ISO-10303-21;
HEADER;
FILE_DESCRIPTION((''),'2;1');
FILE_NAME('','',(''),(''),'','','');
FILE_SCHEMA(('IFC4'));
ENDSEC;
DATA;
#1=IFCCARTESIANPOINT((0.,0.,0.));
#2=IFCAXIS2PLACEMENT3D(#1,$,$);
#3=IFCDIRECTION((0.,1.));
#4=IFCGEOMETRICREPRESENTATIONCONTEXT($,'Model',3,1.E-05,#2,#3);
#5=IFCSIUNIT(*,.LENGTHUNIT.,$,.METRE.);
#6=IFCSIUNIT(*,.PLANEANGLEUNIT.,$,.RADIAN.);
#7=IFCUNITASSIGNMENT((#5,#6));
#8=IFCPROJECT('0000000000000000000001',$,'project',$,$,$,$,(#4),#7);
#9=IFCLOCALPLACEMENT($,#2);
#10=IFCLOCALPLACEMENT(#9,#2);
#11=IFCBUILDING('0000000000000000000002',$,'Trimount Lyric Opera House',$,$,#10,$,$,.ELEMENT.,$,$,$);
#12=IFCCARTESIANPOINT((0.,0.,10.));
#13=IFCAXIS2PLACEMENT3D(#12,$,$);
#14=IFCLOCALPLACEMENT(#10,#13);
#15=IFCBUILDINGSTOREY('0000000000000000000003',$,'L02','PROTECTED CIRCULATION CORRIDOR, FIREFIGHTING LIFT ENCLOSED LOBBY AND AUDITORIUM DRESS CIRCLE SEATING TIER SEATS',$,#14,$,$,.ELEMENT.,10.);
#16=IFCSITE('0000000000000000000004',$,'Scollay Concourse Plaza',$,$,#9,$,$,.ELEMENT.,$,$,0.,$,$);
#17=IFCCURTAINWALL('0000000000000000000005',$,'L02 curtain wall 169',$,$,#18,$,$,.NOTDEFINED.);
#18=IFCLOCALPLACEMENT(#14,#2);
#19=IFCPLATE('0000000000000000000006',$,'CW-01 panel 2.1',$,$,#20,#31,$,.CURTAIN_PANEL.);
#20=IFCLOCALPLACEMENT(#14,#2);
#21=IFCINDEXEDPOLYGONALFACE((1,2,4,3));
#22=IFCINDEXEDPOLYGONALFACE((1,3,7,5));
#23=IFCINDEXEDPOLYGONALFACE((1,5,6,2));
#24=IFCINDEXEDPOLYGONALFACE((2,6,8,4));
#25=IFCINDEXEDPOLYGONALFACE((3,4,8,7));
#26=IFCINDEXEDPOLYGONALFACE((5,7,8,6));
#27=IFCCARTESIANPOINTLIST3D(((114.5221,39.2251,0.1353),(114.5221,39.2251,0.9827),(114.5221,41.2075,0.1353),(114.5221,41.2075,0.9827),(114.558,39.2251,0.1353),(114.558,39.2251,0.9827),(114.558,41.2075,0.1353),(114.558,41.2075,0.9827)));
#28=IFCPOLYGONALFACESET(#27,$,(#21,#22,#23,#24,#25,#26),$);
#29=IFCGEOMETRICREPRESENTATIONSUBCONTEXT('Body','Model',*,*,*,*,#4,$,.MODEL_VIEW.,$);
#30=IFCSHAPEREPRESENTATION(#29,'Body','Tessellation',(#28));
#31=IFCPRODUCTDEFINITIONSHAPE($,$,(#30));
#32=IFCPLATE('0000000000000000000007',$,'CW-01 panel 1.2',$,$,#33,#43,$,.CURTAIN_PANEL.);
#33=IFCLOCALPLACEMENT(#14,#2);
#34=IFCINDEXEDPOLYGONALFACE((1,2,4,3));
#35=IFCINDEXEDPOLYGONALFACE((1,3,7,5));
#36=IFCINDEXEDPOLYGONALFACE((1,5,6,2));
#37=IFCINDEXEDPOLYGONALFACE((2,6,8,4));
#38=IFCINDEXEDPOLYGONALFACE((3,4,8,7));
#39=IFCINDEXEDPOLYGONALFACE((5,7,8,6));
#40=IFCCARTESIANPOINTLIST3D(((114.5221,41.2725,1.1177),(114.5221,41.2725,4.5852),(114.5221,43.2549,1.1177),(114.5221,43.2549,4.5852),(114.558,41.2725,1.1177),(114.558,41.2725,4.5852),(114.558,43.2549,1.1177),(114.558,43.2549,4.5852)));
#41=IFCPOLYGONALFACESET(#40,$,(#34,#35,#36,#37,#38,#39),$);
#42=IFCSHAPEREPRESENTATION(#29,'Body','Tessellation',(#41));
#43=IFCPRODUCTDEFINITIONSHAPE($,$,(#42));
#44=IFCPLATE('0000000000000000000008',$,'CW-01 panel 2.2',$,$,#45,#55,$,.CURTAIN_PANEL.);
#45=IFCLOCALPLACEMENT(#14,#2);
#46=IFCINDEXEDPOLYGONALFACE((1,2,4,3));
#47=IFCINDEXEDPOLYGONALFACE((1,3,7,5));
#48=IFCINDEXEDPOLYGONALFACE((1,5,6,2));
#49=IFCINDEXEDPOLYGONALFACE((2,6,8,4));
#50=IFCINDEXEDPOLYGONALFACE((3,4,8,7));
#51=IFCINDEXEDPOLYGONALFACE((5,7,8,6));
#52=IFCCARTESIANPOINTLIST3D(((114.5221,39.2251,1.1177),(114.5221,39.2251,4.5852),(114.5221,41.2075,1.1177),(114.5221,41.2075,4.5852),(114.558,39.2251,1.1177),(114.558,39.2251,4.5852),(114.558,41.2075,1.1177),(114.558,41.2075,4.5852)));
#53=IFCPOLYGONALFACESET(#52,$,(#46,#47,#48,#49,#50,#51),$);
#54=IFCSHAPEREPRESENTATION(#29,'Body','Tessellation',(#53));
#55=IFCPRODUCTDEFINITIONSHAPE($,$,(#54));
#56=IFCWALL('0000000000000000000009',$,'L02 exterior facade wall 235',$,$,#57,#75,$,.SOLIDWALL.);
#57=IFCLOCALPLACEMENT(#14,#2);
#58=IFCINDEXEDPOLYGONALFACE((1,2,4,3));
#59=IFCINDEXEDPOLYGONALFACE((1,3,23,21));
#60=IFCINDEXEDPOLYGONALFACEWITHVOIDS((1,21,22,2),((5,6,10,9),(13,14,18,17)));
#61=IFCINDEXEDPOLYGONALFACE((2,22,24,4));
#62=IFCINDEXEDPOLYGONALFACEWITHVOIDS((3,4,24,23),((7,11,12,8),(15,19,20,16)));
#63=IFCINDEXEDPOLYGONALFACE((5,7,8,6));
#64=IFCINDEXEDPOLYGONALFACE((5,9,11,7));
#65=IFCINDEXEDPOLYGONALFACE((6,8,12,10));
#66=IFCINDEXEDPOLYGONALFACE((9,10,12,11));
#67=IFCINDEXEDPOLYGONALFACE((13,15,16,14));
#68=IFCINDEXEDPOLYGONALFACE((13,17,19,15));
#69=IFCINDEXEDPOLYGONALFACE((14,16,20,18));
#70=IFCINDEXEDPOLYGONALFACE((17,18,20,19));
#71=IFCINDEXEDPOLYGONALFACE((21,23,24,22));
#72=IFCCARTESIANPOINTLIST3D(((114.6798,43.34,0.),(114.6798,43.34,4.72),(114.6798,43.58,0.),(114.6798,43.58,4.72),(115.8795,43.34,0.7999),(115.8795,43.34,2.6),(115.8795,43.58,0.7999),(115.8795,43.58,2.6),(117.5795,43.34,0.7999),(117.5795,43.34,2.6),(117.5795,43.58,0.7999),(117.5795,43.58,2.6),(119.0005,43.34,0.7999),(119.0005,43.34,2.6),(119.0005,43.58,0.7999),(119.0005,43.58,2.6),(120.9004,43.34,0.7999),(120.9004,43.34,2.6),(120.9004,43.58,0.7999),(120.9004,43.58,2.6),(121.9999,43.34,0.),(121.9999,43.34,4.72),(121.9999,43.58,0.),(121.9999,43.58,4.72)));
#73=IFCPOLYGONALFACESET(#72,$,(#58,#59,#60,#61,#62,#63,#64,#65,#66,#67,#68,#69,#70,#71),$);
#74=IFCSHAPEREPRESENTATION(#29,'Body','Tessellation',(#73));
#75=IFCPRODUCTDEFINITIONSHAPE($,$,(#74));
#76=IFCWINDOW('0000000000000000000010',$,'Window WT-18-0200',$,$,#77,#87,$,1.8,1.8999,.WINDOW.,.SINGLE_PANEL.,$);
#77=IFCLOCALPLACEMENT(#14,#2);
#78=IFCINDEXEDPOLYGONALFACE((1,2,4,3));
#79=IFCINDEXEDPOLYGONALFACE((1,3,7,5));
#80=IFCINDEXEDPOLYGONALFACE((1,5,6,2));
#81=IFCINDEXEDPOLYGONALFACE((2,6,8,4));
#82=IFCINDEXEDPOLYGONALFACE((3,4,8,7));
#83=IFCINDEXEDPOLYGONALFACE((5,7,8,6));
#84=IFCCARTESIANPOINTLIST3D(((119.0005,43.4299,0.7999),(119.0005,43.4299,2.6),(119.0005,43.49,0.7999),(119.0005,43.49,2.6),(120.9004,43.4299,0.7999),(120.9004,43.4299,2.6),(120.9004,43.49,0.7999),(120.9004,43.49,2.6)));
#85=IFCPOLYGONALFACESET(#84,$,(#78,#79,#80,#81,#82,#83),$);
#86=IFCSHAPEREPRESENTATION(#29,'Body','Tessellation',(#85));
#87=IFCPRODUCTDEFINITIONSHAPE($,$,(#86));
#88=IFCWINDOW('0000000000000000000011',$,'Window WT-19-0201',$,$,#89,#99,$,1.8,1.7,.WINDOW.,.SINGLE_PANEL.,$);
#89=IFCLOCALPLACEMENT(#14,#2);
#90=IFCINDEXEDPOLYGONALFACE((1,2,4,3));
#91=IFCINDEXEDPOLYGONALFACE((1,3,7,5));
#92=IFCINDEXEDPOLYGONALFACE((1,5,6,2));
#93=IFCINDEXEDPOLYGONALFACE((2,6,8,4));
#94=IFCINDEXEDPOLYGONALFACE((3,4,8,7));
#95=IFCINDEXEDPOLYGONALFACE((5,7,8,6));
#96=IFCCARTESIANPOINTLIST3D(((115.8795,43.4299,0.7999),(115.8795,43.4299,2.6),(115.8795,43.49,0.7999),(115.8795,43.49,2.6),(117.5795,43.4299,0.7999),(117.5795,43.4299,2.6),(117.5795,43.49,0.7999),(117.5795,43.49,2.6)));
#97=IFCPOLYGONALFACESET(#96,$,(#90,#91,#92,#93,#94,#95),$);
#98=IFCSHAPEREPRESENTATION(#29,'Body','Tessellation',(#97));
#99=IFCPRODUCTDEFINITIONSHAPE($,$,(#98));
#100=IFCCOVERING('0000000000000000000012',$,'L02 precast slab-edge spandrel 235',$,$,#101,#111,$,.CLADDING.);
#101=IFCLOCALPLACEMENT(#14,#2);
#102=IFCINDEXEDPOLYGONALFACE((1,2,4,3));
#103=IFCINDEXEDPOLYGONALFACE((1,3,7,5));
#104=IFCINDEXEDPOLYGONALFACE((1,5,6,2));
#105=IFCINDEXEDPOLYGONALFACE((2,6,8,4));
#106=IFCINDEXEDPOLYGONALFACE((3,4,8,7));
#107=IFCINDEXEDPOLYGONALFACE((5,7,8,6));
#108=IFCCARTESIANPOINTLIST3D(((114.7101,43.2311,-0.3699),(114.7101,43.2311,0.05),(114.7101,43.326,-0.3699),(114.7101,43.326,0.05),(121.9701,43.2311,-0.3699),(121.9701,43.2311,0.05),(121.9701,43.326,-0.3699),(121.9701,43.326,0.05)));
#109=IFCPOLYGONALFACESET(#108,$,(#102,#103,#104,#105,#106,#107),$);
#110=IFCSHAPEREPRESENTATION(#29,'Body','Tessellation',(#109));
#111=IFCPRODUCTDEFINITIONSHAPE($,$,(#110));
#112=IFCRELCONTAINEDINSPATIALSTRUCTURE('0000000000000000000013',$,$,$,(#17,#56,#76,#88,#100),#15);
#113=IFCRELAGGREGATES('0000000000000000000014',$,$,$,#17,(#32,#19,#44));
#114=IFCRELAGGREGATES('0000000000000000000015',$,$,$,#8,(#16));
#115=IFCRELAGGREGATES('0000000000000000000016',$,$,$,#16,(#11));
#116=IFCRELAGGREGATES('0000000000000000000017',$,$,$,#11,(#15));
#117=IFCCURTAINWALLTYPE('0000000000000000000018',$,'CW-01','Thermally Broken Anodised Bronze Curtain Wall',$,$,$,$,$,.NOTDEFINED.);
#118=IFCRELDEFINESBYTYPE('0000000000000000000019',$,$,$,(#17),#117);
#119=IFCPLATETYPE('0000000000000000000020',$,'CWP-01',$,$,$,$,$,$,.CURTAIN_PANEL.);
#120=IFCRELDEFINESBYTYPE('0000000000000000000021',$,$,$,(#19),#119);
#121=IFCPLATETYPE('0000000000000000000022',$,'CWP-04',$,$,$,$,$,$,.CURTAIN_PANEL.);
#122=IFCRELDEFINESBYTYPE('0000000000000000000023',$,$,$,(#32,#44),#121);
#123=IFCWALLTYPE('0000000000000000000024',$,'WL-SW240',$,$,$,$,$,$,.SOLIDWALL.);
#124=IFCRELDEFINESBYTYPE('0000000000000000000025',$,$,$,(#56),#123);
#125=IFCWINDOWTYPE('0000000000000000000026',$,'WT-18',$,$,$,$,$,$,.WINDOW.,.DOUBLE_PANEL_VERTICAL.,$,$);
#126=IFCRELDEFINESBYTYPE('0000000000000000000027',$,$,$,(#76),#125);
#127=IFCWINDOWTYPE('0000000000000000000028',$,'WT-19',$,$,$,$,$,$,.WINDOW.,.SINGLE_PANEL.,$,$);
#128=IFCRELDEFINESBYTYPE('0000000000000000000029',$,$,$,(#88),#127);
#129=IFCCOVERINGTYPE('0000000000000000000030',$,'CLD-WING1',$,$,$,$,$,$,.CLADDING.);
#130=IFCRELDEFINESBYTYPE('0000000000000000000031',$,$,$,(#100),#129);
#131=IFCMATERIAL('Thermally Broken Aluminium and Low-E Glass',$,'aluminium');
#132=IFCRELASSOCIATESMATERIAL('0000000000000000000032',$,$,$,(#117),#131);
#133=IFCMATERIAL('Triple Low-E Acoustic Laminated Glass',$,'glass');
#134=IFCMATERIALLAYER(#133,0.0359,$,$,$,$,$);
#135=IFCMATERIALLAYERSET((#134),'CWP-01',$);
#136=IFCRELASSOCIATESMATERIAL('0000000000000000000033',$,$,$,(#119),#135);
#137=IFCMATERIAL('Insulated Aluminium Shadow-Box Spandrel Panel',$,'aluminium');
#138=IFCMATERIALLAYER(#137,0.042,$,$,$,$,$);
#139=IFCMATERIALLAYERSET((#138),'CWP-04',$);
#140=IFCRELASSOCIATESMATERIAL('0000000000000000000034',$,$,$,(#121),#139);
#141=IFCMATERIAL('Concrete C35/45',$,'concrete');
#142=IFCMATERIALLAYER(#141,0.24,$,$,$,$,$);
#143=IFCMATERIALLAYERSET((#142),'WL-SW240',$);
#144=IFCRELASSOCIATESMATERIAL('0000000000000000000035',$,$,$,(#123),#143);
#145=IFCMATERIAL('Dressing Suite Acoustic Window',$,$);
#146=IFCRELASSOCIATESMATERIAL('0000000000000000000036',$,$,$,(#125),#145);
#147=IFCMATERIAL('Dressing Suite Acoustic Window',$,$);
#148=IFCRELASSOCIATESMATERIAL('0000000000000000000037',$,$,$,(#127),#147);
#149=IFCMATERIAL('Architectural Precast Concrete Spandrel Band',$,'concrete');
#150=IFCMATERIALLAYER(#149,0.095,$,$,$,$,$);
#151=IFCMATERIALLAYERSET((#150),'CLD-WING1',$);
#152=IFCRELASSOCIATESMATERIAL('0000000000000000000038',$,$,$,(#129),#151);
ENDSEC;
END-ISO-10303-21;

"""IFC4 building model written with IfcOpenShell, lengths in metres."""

from ifc_helpers import new_model, si_unit, direction, frame, frame_2d, origin, origin_2d, place, context, subcontext, project, spatial, rectangle, extrude, material, layer, layer_set, type_object, element, fill, aggregate, save


model = new_model("IFC4")

# Units and contexts
model_context = context("Model", 3, precision=1e-05, world=origin(), true_north=direction((0.0, 1.0)))
body_context = subcontext(model_context, "Body", "Model", "MODEL_VIEW")
ifc_project = project(units=[si_unit("LENGTHUNIT", "METRE"), si_unit("PLANEANGLEUNIT", "RADIAN")], contexts=[model_context])

# Site, building, storey
site_placement = place(None, origin())
site = spatial("IfcSite", under=ifc_project, at=site_placement, Name="Scollay Concourse Plaza", CompositionType="ELEMENT", RefElevation=0.0)
building_placement = place(site_placement, origin())
building = spatial("IfcBuilding", under=site, at=building_placement, Name="Trimount Lyric Opera House", CompositionType="ELEMENT")
storey_placement = place(building_placement, frame((0.0, 0.0, 10.0)))
storey = spatial("IfcBuildingStorey", under=building, at=storey_placement, Name="L02", Description="PROTECTED CIRCULATION CORRIDOR, FIREFIGHTING LIFT ENCLOSED LOBBY AND AUDITORIUM DRESS CIRCLE SEATING TIER SEATS", CompositionType="ELEMENT", Elevation=10.0)

# Curtain wall
ifc_material_1 = material(Name="Thermally Broken Aluminium and Low-E Glass", Category="aluminium")
curtain_wall_type = type_object("IfcCurtainWallType", Name="CW-01", Description="Thermally Broken Anodised Bronze Curtain Wall", PredefinedType="NOTDEFINED", material=ifc_material_1)
curtain_wall_1_placement = place(storey_placement, origin())
curtain_wall_1 = element("IfcCurtainWall", 1, at=curtain_wall_1_placement, inside=storey, type_object=curtain_wall_type, Name="L02 curtain wall 169", PredefinedType="NOTDEFINED")

# Plates
ifc_material_2 = material(Name="Triple Low-E Acoustic Laminated Glass", Category="glass")
ifc_layer_1 = layer(ifc_material_2, 0.0359)
ifc_layer_set_1 = layer_set([ifc_layer_1], Name="CWP-01")
plate_type_1 = type_object("IfcPlateType", Name="CWP-01", PredefinedType="CURTAIN_PANEL", material=ifc_layer_set_1)
plate_1_placement = place(storey_placement, frame((114.54, 40.2163, 0.1353), z_axis=(0.0, 0.0, 1.0), x_axis=(0.0, -1.0, 0.0)))
plate_1 = element("IfcPlate", 2, at=plate_1_placement, type_object=plate_type_1, Name="CW-01 panel 2.1", PredefinedType="CURTAIN_PANEL", context=body_context, shape_type="SweptSolid", body=[
    extrude(rectangle(XDim=1.9824, YDim=0.0359, at=origin_2d()), origin(), (0.0, 0.0, 1.0), 0.8474),
])
ifc_material_3 = material(Name="Insulated Aluminium Shadow-Box Spandrel Panel", Category="aluminium")
ifc_layer_2 = layer(ifc_material_3, 0.042)
ifc_layer_set_2 = layer_set([ifc_layer_2], Name="CWP-04")
plate_type_2 = type_object("IfcPlateType", Name="CWP-04", PredefinedType="CURTAIN_PANEL", material=ifc_layer_set_2)
plate_2_placement = place(storey_placement, frame((114.54, 42.2637, 1.1177), z_axis=(0.0, 0.0, 1.0), x_axis=(0.0, -1.0, 0.0)))
plate_2 = element("IfcPlate", 3, at=plate_2_placement, type_object=plate_type_2, Name="CW-01 panel 1.2", PredefinedType="CURTAIN_PANEL", context=body_context, shape_type="SweptSolid", body=[
    extrude(rectangle(XDim=1.9824, YDim=0.0359, at=origin_2d()), origin(), (0.0, 0.0, 1.0), 3.4675),
])
plate_3_placement = place(storey_placement, frame((114.54, 40.2163, 1.1177), z_axis=(0.0, 0.0, 1.0), x_axis=(0.0, -1.0, 0.0)))
plate_3 = element("IfcPlate", 4, at=plate_3_placement, type_object=plate_type_2, Name="CW-01 panel 2.2", PredefinedType="CURTAIN_PANEL", context=body_context, shape_type="SweptSolid", body=[
    extrude(rectangle(XDim=1.9824, YDim=0.0359, at=origin_2d()), origin(), (0.0, 0.0, 1.0), 3.4675),
])
aggregate(curtain_wall_1, [plate_2, plate_1, plate_3])

# Wall, openings, windows
ifc_material_4 = material(Name="Concrete C35/45", Category="concrete")
ifc_layer_3 = layer(ifc_material_4, 0.24)
ifc_layer_set_3 = layer_set([ifc_layer_3], Name="WL-SW240")
wall_type = type_object("IfcWallType", Name="WL-SW240", PredefinedType="SOLIDWALL", material=ifc_layer_set_3)
wall_placement = place(storey_placement, frame((122.0, 43.46, 0.0), z_axis=(0.0, 0.0, 1.0), x_axis=(-1.0, 0.0, 0.0)))
wall = element("IfcWall", 5, at=wall_placement, inside=storey, type_object=wall_type, Name="L02 exterior facade wall 235", PredefinedType="SOLIDWALL", context=body_context, shape_type="SweptSolid", body=[
    extrude(rectangle(XDim=7.3201, YDim=0.24, at=frame_2d((3.6602, 0.0))), origin(), (0.0, 0.0, 1.0), 4.72),
])
opening_1_placement = place(wall_placement, frame((1.0996, 0.0, 0.8)))
opening_1 = element("IfcOpeningElement", 6, at=opening_1_placement, cuts=wall, PredefinedType="OPENING", context=body_context, shape_type="SweptSolid", body=[
    extrude(rectangle(XDim=1.8999, YDim=1.8, at=frame_2d((0.95, 0.8999))), frame((0.0, 0.1299, 0.0), z_axis=(0.0, -1.0, 0.0), x_axis=(1.0, 0.0, 0.0)), (0.0, 0.0, 1.0), 0.26),
])
opening_2_placement = place(wall_placement, frame((4.4204, 0.0, 0.8)))
opening_2 = element("IfcOpeningElement", 7, at=opening_2_placement, cuts=wall, PredefinedType="OPENING", context=body_context, shape_type="SweptSolid", body=[
    extrude(rectangle(XDim=1.7, YDim=1.8, at=frame_2d((0.8501, 0.8999))), frame((0.0, 0.1299, 0.0), z_axis=(0.0, -1.0, 0.0), x_axis=(1.0, 0.0, 0.0)), (0.0, 0.0, 1.0), 0.26),
])
ifc_material_5 = material(Name="Dressing Suite Acoustic Window")
window_type_1 = type_object("IfcWindowType", Name="WT-18", PartitioningType="DOUBLE_PANEL_VERTICAL", PredefinedType="WINDOW", material=ifc_material_5)
window_1_placement = place(opening_1_placement, origin())
window_1 = element("IfcWindow", 8, at=window_1_placement, inside=storey, type_object=window_type_1, Name="Window WT-18-0200", OverallHeight=1.8, OverallWidth=1.8999, PartitioningType="SINGLE_PANEL", PredefinedType="WINDOW", context=body_context, shape_type="SweptSolid", body=[
    extrude(rectangle(XDim=1.8999, YDim=1.8, at=frame_2d((0.95, 0.8999))), frame((0.0, 0.03, 0.0), z_axis=(0.0, -1.0, 0.0), x_axis=(1.0, 0.0, 0.0)), (0.0, 0.0, 1.0), 0.0601),
])
fill(opening_1, window_1)
ifc_material_6 = material(Name="Dressing Suite Acoustic Window")
window_type_2 = type_object("IfcWindowType", Name="WT-19", PartitioningType="SINGLE_PANEL", PredefinedType="WINDOW", material=ifc_material_6)
window_2_placement = place(opening_2_placement, origin())
window_2 = element("IfcWindow", 9, at=window_2_placement, inside=storey, type_object=window_type_2, Name="Window WT-19-0201", OverallHeight=1.8, OverallWidth=1.7, PartitioningType="SINGLE_PANEL", PredefinedType="WINDOW", context=body_context, shape_type="SweptSolid", body=[
    extrude(rectangle(XDim=1.7, YDim=1.8, at=frame_2d((0.8501, 0.8999))), frame((0.0, 0.03, 0.0), z_axis=(0.0, -1.0, 0.0), x_axis=(1.0, 0.0, 0.0)), (0.0, 0.0, 1.0), 0.0601),
])
fill(opening_2, window_2)

# Covering
ifc_material_7 = material(Name="Architectural Precast Concrete Spandrel Band", Category="concrete")
ifc_layer_4 = layer(ifc_material_7, 0.095)
ifc_layer_set_4 = layer_set([ifc_layer_4], Name="CLD-WING1")
covering_type = type_object("IfcCoveringType", Name="CLD-WING1", PredefinedType="CLADDING", material=ifc_layer_set_4)
covering_placement = place(storey_placement, frame((118.3401, 43.2786, -0.3699), z_axis=(0.0, 0.0, 1.0), x_axis=(-1.0, 0.0, 0.0)))
element("IfcCovering", 10, at=covering_placement, inside=storey, type_object=covering_type, Name="L02 precast slab-edge spandrel 235", PredefinedType="CLADDING", context=body_context, shape_type="SweptSolid", body=[
    extrude(rectangle(XDim=7.26, YDim=0.095, at=origin_2d()), origin(), (0.0, 0.0, 1.0), 0.4199),
])

save(model, "model.ifc")
